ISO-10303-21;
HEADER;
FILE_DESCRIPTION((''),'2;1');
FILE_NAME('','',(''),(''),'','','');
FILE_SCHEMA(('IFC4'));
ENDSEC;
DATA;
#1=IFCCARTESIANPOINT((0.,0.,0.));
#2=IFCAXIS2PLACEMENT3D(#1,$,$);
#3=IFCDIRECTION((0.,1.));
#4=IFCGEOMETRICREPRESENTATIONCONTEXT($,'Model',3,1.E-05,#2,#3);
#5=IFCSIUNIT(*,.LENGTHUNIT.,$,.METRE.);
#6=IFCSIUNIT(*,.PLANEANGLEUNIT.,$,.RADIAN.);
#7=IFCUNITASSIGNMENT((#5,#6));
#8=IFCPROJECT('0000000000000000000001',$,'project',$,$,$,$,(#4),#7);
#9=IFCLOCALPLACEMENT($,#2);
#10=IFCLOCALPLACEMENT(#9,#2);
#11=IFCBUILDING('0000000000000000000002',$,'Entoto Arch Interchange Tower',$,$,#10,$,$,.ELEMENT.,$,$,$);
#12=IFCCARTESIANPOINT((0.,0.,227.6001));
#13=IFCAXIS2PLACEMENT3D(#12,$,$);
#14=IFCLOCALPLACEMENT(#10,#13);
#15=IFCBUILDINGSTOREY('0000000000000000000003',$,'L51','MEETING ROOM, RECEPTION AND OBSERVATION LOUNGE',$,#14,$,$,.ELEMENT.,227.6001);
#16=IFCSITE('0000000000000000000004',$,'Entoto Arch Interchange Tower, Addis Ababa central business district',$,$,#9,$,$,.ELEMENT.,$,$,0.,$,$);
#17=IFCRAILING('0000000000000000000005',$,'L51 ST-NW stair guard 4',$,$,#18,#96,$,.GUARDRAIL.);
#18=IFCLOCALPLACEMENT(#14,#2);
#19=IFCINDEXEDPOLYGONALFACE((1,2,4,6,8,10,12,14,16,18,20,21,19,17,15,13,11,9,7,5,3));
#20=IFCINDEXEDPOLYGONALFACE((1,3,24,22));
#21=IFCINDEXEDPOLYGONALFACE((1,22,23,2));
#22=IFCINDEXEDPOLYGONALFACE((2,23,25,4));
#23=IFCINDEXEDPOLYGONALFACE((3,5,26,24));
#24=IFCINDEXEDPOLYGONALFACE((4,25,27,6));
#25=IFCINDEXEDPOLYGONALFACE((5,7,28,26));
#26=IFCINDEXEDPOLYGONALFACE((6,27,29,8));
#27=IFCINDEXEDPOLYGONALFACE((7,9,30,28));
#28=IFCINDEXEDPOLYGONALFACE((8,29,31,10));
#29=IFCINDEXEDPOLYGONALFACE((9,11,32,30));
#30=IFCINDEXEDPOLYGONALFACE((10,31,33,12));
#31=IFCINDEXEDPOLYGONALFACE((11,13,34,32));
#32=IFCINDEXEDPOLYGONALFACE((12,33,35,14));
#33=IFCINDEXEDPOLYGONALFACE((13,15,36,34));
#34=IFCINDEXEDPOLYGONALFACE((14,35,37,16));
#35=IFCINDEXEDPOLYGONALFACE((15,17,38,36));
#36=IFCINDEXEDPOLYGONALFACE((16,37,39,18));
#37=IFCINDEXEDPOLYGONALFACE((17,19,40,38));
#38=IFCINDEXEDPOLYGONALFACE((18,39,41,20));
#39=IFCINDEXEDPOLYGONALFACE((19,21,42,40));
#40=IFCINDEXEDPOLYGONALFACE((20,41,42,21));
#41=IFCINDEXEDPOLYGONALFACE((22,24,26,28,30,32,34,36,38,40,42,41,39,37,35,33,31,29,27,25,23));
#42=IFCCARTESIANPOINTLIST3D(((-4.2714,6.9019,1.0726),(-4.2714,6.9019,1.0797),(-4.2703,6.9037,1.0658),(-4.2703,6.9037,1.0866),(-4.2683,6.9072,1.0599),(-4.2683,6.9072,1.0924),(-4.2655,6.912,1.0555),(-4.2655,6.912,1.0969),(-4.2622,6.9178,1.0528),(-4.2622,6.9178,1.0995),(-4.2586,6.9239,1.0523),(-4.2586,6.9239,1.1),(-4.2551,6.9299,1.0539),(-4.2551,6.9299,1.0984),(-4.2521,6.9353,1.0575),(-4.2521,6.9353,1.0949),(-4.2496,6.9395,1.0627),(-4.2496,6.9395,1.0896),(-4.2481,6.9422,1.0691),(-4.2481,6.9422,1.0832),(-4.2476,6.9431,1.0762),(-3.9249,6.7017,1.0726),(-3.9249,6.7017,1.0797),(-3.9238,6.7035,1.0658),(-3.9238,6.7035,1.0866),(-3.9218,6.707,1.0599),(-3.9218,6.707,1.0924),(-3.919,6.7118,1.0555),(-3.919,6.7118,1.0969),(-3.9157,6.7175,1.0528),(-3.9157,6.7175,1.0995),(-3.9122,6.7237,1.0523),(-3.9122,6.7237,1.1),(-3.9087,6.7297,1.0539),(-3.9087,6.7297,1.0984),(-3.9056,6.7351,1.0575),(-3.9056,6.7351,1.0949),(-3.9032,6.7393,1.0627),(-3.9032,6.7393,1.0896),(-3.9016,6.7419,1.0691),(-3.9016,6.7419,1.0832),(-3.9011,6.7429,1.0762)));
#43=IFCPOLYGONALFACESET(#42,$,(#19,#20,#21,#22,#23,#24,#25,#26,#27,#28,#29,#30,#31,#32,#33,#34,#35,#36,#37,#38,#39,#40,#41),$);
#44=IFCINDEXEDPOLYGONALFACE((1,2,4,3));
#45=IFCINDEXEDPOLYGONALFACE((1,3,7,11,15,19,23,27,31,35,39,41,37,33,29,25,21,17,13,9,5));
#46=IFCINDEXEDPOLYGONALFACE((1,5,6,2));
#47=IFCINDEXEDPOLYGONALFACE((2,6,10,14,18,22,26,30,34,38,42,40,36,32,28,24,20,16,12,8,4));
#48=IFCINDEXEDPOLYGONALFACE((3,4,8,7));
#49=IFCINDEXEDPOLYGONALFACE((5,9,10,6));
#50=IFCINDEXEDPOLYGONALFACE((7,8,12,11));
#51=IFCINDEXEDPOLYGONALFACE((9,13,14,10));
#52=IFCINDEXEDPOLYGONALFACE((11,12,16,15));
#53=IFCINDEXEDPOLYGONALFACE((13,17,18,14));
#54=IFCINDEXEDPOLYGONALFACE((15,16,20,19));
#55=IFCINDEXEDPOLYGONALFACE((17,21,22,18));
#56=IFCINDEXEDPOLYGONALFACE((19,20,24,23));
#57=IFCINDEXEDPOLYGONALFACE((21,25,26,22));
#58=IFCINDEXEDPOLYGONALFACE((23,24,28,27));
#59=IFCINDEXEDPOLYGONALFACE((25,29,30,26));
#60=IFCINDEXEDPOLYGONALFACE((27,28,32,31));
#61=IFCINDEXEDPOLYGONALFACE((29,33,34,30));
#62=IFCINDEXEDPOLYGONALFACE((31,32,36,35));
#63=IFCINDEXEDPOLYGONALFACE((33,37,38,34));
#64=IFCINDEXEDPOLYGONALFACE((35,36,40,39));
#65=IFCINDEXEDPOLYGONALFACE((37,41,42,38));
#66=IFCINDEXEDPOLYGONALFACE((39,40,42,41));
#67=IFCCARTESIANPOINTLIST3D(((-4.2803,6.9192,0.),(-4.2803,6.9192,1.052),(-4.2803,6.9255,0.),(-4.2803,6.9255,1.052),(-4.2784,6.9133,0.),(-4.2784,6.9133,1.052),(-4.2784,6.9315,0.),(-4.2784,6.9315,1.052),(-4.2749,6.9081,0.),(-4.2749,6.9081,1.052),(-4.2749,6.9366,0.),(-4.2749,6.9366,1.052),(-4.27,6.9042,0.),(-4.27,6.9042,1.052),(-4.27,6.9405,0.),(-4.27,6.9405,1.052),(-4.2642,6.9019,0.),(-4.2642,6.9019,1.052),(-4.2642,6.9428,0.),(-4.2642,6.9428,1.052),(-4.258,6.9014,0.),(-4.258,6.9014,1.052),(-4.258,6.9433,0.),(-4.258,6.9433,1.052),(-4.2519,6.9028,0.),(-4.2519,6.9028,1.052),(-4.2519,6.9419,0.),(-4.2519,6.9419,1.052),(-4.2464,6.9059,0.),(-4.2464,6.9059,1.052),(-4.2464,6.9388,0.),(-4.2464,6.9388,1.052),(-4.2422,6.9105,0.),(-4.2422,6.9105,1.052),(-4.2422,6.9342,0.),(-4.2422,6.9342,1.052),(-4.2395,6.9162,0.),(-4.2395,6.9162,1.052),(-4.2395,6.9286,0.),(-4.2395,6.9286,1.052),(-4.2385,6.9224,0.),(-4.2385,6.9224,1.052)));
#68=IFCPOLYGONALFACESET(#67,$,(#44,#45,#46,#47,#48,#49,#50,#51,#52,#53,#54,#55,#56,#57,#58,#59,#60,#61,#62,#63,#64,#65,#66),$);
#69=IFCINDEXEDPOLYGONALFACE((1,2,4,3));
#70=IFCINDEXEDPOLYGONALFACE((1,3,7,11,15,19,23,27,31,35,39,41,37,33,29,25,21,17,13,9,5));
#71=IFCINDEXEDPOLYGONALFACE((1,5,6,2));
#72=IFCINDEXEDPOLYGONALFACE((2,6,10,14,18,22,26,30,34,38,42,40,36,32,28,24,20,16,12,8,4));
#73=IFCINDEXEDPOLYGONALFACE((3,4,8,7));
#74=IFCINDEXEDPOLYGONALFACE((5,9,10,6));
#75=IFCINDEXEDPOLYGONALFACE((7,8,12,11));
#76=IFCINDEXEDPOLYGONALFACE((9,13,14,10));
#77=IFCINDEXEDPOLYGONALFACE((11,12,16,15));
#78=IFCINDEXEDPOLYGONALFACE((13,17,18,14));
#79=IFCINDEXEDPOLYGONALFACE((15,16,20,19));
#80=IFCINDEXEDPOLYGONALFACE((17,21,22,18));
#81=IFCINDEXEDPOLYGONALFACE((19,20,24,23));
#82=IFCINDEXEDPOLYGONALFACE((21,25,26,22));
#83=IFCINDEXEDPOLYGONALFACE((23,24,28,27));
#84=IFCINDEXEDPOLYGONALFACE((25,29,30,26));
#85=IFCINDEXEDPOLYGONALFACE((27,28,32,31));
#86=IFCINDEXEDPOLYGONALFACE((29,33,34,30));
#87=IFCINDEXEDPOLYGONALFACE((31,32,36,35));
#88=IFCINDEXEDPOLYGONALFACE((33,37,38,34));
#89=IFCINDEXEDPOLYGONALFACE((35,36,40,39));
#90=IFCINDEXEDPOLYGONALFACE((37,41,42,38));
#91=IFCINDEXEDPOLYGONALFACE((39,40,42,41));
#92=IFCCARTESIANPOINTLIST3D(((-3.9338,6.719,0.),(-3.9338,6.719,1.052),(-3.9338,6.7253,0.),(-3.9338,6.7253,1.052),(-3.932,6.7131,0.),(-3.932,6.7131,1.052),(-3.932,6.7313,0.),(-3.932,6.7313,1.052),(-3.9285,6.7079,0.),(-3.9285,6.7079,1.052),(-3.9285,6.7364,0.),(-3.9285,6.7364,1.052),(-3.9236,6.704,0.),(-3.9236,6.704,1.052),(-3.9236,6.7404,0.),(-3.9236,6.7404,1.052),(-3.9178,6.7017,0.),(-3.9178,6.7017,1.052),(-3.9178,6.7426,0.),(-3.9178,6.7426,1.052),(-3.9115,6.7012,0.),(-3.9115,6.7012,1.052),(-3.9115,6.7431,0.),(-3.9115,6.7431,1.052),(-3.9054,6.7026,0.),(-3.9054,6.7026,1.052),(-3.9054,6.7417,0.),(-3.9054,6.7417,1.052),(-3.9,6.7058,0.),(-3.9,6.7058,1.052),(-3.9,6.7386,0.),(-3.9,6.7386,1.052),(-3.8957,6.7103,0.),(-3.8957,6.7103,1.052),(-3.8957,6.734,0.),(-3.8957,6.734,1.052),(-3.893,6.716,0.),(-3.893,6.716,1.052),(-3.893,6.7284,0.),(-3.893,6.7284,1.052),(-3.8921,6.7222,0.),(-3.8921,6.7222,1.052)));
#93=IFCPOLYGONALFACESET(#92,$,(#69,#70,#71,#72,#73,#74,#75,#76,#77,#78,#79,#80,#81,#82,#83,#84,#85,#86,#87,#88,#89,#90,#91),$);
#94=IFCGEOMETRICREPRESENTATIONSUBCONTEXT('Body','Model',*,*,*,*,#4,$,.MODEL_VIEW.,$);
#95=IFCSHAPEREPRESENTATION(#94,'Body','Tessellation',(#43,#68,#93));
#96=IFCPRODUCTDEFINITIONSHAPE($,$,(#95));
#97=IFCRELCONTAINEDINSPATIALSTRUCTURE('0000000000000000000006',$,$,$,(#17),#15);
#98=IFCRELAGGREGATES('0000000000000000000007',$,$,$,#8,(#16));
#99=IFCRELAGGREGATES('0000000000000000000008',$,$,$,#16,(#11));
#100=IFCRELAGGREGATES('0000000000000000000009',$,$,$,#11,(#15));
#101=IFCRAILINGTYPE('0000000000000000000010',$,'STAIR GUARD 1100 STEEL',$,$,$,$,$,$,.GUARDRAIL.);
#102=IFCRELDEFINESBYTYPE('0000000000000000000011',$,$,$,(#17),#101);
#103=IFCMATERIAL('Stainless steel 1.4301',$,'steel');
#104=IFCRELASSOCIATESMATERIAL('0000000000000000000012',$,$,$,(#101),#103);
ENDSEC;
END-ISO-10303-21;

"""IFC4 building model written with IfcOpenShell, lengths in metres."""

from ifc_helpers import new_model, si_unit, direction, frame, origin, origin_2d, place, context, subcontext, project, spatial, circle, extrude, material, type_object, element, save


model = new_model("IFC4")

# Units and contexts
model_context = context("Model", 3, precision=1e-05, world=origin(), true_north=direction((0.0, 1.0)))
body_context = subcontext(model_context, "Body", "Model", "MODEL_VIEW")
ifc_project = project(units=[si_unit("LENGTHUNIT", "METRE"), si_unit("PLANEANGLEUNIT", "RADIAN")], contexts=[model_context])

# Site, building, storey
site_placement = place(None, origin())
site = spatial("IfcSite", under=ifc_project, at=site_placement, Name="Entoto Arch Interchange Tower, Addis Ababa central business district", CompositionType="ELEMENT", RefElevation=0.0)
building_placement = place(site_placement, origin())
building = spatial("IfcBuilding", under=site, at=building_placement, Name="Entoto Arch Interchange Tower", CompositionType="ELEMENT")
storey_placement = place(building_placement, frame((0.0, 0.0, 227.6001)))
storey = spatial("IfcBuildingStorey", under=building, at=storey_placement, Name="L51", Description="MEETING ROOM, RECEPTION AND OBSERVATION LOUNGE", CompositionType="ELEMENT", Elevation=227.6001)

# Railing
ifc_material_1 = material(Name="Stainless steel 1.4301", Category="steel")
railing_type_1 = type_object("IfcRailingType", Name="STAIR GUARD 1100 STEEL", PredefinedType="GUARDRAIL", material=ifc_material_1)
railing_1_placement = place(storey_placement, frame((-4.2595, 6.9224, 0.0)))
element("IfcRailing", 1, at=railing_1_placement, inside=storey, type_object=railing_type_1, Name="L51 ST-NW stair guard 4", PredefinedType="GUARDRAIL", context=body_context, shape_type="SweptSolid", body=[
    extrude(circle(Radius=0.0239, at=origin_2d()), frame((0.0, 0.0, 1.0762), z_axis=(0.86583, -0.500339, 0.0), x_axis=(0.500339, 0.86583, 0.0)), (0.0, 0.0, 1.0), 0.4001),
    extrude(circle(Radius=0.021, at=origin_2d()), origin(), (0.0, 0.0, 1.0), 1.052),
    extrude(circle(Radius=0.021, at=origin_2d()), frame((0.3464, -0.2002, 0.0)), (0.0, 0.0, 1.0), 1.052),
])

save(model, "model.ifc")
